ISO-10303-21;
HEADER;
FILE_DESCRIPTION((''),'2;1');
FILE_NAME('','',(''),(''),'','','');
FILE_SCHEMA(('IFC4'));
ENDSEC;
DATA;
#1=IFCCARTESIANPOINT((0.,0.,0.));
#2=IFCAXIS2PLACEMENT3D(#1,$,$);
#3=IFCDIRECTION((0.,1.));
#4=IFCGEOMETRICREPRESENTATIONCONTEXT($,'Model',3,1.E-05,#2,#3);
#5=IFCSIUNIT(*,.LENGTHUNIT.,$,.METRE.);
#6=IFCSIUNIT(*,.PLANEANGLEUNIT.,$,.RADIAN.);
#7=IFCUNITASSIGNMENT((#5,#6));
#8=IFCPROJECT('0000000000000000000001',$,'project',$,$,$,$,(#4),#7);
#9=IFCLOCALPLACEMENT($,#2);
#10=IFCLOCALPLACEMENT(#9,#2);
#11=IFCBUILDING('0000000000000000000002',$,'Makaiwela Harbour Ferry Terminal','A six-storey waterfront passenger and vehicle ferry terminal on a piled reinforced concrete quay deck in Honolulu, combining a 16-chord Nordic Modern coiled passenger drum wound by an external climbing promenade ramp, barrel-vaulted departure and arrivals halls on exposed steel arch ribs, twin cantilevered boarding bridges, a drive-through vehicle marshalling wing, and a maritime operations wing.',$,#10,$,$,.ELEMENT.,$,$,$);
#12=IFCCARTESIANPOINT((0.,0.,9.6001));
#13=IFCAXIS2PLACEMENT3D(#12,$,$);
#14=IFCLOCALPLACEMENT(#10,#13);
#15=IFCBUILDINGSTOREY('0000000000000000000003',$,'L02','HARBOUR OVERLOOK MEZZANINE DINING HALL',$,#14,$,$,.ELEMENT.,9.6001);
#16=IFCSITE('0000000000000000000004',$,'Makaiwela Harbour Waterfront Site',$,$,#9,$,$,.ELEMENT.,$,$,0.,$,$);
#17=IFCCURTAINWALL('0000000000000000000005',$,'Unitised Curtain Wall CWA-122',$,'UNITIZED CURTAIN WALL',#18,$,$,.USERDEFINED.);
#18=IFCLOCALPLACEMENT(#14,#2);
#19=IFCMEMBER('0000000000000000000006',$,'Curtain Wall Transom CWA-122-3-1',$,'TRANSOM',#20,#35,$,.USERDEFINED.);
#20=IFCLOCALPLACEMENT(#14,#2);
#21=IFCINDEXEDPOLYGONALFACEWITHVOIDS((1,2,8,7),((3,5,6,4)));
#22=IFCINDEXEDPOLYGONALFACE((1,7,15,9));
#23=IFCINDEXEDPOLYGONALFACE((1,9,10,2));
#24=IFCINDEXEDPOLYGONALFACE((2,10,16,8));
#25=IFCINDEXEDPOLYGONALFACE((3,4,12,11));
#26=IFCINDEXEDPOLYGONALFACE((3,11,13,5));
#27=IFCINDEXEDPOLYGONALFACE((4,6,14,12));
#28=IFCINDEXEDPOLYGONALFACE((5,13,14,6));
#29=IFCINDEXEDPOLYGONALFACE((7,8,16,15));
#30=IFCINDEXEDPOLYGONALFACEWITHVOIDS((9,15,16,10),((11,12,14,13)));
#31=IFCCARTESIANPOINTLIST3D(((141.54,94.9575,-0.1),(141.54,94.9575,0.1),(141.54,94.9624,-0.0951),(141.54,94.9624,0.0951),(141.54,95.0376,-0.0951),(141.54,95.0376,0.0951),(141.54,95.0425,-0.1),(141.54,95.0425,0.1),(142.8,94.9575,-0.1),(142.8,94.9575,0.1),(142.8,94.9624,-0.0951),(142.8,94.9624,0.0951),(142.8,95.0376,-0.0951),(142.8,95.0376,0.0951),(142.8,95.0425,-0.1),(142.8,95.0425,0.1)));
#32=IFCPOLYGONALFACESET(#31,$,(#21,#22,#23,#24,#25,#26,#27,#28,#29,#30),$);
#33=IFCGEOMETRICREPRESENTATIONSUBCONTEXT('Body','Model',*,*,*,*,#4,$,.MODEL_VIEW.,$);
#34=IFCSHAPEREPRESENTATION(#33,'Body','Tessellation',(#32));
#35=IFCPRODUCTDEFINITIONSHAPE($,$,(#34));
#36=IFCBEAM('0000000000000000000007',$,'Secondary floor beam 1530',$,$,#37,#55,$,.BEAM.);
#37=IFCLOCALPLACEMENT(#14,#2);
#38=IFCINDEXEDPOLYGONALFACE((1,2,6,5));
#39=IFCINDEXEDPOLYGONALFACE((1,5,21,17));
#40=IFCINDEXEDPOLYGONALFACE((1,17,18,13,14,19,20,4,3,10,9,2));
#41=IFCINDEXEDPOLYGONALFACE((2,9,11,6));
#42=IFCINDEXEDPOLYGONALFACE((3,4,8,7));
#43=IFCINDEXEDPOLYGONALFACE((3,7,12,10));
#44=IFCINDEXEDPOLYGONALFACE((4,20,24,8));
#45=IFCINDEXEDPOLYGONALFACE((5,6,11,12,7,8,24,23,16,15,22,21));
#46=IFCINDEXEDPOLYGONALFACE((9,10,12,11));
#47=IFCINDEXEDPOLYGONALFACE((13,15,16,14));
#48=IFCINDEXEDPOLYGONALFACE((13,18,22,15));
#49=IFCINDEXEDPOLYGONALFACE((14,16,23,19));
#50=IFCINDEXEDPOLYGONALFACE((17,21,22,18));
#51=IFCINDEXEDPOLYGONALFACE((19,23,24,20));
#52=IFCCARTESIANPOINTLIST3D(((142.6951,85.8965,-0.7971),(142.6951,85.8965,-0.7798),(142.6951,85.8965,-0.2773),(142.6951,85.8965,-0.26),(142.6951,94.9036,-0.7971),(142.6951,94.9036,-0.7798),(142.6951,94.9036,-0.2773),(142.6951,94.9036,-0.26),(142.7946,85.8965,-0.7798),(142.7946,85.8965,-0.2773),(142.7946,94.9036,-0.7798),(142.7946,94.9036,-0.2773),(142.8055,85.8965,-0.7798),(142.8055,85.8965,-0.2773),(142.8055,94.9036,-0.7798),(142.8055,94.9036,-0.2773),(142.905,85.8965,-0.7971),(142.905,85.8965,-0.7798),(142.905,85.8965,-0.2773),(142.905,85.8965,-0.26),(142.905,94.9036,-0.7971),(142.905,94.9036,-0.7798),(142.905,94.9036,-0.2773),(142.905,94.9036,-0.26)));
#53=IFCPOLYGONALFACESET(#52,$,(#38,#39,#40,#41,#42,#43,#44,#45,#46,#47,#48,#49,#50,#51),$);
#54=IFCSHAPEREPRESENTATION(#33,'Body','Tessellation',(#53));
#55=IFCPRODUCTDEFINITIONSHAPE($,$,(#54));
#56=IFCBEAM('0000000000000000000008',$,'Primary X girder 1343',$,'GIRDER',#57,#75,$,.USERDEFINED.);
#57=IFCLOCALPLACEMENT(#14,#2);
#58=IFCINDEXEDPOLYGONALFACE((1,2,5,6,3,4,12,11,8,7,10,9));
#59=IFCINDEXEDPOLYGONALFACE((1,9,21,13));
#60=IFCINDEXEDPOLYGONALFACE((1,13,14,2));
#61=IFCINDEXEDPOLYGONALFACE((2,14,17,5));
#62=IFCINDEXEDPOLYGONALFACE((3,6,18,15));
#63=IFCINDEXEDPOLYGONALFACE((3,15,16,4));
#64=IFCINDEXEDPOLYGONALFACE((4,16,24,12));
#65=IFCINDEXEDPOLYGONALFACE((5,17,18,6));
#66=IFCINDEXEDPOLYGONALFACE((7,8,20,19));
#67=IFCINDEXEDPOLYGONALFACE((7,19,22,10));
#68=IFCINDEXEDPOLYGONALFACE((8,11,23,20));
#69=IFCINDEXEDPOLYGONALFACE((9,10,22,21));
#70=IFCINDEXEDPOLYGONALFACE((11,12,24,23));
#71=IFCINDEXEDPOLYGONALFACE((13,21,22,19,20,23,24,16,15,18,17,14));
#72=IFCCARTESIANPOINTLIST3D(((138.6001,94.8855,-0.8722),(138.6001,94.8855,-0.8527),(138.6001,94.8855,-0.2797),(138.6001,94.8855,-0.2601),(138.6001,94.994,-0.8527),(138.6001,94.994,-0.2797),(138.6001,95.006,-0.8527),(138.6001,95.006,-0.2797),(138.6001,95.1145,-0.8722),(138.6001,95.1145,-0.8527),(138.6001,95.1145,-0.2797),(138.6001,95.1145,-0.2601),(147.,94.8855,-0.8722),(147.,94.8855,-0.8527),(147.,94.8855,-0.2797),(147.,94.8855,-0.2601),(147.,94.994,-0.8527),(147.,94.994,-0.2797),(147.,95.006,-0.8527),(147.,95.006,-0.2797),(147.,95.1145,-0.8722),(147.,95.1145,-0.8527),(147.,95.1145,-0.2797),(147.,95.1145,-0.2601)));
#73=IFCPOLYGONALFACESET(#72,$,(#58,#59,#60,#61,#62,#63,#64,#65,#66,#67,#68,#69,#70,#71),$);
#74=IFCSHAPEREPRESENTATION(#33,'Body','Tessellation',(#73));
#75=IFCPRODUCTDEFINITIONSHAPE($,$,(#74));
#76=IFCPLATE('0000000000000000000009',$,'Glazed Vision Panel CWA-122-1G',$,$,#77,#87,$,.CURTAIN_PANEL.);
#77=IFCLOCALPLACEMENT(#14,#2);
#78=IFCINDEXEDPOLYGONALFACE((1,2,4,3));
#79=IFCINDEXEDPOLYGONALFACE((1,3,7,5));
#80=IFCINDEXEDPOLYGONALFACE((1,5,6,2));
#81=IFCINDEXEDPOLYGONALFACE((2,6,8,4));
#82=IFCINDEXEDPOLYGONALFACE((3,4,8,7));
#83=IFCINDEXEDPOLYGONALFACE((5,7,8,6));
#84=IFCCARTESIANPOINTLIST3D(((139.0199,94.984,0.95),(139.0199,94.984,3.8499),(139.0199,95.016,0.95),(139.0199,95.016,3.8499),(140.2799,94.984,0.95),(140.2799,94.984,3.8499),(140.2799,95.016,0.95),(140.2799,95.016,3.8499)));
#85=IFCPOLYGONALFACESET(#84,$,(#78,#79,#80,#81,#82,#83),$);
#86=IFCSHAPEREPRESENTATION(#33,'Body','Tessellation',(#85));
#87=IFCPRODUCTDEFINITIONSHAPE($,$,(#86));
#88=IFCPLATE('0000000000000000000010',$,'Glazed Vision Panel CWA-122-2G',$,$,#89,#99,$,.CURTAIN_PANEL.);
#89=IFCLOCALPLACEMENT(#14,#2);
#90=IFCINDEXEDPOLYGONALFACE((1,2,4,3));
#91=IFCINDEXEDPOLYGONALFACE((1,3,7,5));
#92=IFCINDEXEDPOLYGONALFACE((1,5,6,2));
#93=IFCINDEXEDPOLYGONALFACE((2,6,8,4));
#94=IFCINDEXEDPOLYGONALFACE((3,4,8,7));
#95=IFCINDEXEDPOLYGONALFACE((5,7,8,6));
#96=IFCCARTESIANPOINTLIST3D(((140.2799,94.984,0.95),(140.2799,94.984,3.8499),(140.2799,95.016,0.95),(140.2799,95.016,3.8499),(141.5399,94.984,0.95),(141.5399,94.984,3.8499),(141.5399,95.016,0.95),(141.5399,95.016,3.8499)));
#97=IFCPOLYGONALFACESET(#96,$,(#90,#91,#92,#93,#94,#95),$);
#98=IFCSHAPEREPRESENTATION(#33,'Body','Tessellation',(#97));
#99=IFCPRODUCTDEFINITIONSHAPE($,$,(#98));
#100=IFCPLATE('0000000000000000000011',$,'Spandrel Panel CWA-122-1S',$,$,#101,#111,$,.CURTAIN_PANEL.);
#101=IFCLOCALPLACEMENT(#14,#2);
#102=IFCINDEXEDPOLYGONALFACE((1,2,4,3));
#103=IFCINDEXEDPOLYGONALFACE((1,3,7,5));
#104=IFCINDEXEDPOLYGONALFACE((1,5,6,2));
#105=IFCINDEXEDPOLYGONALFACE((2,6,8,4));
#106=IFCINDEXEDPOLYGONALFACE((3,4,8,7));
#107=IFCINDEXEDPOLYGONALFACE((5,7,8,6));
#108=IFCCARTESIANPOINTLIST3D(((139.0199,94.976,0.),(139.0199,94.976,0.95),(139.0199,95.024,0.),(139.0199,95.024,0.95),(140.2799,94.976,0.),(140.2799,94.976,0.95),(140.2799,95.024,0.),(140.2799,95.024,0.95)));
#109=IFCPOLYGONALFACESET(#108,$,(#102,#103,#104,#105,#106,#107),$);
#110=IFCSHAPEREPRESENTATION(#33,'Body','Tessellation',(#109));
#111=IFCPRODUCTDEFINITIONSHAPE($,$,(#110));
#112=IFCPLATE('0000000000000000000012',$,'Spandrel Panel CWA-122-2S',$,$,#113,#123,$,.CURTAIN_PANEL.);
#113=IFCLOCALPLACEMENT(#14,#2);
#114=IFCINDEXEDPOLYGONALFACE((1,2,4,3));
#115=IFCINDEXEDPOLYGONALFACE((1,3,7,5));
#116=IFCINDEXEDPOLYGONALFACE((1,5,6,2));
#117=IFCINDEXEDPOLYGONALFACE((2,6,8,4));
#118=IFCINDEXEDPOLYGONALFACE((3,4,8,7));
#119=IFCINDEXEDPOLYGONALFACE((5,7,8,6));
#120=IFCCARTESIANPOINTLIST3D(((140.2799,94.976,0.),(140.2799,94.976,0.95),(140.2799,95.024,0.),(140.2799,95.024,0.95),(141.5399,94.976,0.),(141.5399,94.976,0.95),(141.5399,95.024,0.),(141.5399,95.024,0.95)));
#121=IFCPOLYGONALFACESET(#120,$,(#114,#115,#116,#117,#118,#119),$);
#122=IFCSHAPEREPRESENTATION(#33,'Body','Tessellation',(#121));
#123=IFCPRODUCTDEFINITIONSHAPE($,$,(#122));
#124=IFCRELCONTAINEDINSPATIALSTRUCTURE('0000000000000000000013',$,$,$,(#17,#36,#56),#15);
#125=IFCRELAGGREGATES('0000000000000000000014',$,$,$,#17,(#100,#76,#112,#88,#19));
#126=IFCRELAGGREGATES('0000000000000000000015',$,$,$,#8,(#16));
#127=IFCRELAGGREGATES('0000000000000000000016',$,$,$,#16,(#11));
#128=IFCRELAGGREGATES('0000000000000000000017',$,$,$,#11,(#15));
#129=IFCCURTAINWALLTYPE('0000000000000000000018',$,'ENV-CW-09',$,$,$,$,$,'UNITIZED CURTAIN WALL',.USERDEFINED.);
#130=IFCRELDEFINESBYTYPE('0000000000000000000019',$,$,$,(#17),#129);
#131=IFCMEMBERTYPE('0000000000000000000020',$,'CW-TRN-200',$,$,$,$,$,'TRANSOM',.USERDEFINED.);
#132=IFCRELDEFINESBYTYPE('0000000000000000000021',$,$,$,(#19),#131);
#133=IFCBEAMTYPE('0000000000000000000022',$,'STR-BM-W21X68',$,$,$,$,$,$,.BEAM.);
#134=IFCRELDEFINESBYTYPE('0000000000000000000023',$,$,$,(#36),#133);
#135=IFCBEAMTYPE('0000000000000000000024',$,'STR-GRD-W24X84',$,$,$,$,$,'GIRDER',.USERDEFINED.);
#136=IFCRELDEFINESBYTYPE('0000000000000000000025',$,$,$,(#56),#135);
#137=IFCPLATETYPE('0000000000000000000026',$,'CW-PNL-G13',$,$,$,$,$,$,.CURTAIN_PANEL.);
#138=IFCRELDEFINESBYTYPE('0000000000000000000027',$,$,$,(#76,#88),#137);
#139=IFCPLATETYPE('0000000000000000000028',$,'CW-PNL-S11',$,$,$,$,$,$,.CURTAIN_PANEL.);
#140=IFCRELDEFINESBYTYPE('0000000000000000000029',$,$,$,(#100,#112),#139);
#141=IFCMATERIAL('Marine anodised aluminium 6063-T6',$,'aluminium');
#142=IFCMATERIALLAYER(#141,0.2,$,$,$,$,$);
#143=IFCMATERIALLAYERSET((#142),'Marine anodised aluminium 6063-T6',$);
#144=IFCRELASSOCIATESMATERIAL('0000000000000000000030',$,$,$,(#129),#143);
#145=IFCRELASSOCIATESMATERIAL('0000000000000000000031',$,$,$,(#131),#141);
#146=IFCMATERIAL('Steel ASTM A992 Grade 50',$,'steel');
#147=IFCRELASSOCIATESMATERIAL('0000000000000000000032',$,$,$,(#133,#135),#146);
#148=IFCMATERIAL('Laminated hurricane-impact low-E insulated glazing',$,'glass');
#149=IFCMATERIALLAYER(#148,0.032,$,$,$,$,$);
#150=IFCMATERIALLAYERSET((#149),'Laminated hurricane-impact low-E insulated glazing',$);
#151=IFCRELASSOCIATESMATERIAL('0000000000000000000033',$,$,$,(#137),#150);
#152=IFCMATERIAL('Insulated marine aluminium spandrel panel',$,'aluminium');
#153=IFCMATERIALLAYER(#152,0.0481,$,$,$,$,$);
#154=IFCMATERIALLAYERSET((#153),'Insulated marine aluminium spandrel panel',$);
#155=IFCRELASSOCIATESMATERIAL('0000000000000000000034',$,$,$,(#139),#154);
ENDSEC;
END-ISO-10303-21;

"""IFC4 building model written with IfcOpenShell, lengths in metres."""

from ifc_helpers import new_model, si_unit, direction, frame, origin, origin_2d, place, context, subcontext, project, spatial, rectangle, hollow_rectangle, i_section, extrude, material, layer, layer_set, material_profile, profile_set, type_object, element, aggregate, save


model = new_model("IFC4")

# Units and contexts
model_context = context("Model", 3, precision=1e-05, world=origin(), true_north=direction((0.0, 1.0)))
body_context = subcontext(model_context, "Body", "Model", "MODEL_VIEW")
ifc_project = project(units=[si_unit("LENGTHUNIT", "METRE"), si_unit("PLANEANGLEUNIT", "RADIAN")], contexts=[model_context])

# Site, building, storey
site_placement = place(None, origin())
site = spatial("IfcSite", under=ifc_project, at=site_placement, Name="Makaiwela Harbour Waterfront Site", CompositionType="ELEMENT", RefElevation=0.0)
building_placement = place(site_placement, origin())
building = spatial("IfcBuilding", under=site, at=building_placement, Name="Makaiwela Harbour Ferry Terminal", Description="A six-storey waterfront passenger and vehicle ferry terminal on a piled reinforced concrete quay deck in Honolulu, combining a 16-chord Nordic Modern coiled passenger drum wound by an external climbing promenade ramp, barrel-vaulted departure and arrivals halls on exposed steel arch ribs, twin cantilevered boarding bridges, a drive-through vehicle marshalling wing, and a maritime operations wing.", CompositionType="ELEMENT")
storey_placement = place(building_placement, frame((0.0, 0.0, 9.6001)))
storey = spatial("IfcBuildingStorey", under=building, at=storey_placement, Name="L02", Description="HARBOUR OVERLOOK MEZZANINE DINING HALL", CompositionType="ELEMENT", Elevation=9.6001)

# Shared definitions
ifc_material_1 = material(Name="Steel ASTM A992 Grade 50", Category="steel")

# Curtain wall, member
ifc_material_2 = material(Name="Marine anodised aluminium 6063-T6", Category="aluminium")
ifc_layer_1 = layer(ifc_material_2, 0.2)
ifc_layer_set_1 = layer_set([ifc_layer_1], Name="Marine anodised aluminium 6063-T6")
curtain_wall_type = type_object("IfcCurtainWallType", Name="ENV-CW-09", ElementType="UNITIZED CURTAIN WALL", PredefinedType="USERDEFINED", material=ifc_layer_set_1)
curtain_wall_placement = place(storey_placement, origin())
curtain_wall = element("IfcCurtainWall", 1, at=curtain_wall_placement, inside=storey, type_object=curtain_wall_type, Name="Unitised Curtain Wall CWA-122", ObjectType="UNITIZED CURTAIN WALL", PredefinedType="USERDEFINED")
ifc_material_profile_1 = material_profile(ifc_material_2, hollow_rectangle(XDim=0.085, YDim=0.2, WallThickness=0.0049, at=origin_2d()), Name="CWT-200X85")
ifc_profile_set_1 = profile_set([ifc_material_profile_1], Name="Marine anodised aluminium 6063-T6")
member_type_1 = type_object("IfcMemberType", Name="CW-TRN-200", ElementType="TRANSOM", PredefinedType="USERDEFINED", material=ifc_profile_set_1)
member_1_placement = place(storey_placement, frame((141.54, 95.0, 0.0), z_axis=(1.0, 0.0, 0.0), x_axis=(0.0, 1.0, 0.0)))
member_1 = element("IfcMember", 2, at=member_1_placement, type_object=member_type_1, Name="Curtain Wall Transom CWA-122-3-1", ObjectType="TRANSOM", PredefinedType="USERDEFINED", context=body_context, shape_type="SweptSolid", body=[
    extrude(hollow_rectangle(XDim=0.085, YDim=0.2, WallThickness=0.0049, at=origin_2d()), origin(), (0.0, 0.0, 1.0), 1.26),
])

# Beams
ifc_material_profile_2 = material_profile(ifc_material_1, i_section(OverallWidth=0.21, OverallDepth=0.5371, WebThickness=0.011, FlangeThickness=0.0173, at=origin_2d()), Name="W21X68")
ifc_profile_set_2 = profile_set([ifc_material_profile_2], Name="Steel ASTM A992 Grade 50")
beam_type_1 = type_object("IfcBeamType", Name="STR-BM-W21X68", PredefinedType="BEAM", material=ifc_profile_set_2)
beam_1_placement = place(storey_placement, frame((142.8, 85.8965, -0.5286), z_axis=(0.0, 1.0, 0.0), x_axis=(-1.0, 0.0, 0.0)))
element("IfcBeam", 3, at=beam_1_placement, inside=storey, type_object=beam_type_1, Name="Secondary floor beam 1530", PredefinedType="BEAM", context=body_context, shape_type="SweptSolid", body=[
    extrude(i_section(OverallWidth=0.21, OverallDepth=0.5371, WebThickness=0.011, FlangeThickness=0.0173, at=origin_2d()), origin(), (0.0, 0.0, 1.0), 9.0071),
])
ifc_material_profile_3 = material_profile(ifc_material_1, i_section(OverallWidth=0.229, OverallDepth=0.6121, WebThickness=0.012, FlangeThickness=0.0195, at=origin_2d()), Name="W24X84")
ifc_profile_set_3 = profile_set([ifc_material_profile_3], Name="Steel ASTM A992 Grade 50")
beam_type_2 = type_object("IfcBeamType", Name="STR-GRD-W24X84", ElementType="GIRDER", PredefinedType="USERDEFINED", material=ifc_profile_set_3)
beam_2_placement = place(storey_placement, frame((138.6001, 95.0, -0.5662), z_axis=(1.0, 0.0, 0.0), x_axis=(0.0, 1.0, 0.0)))
element("IfcBeam", 4, at=beam_2_placement, inside=storey, type_object=beam_type_2, Name="Primary X girder 1343", ObjectType="GIRDER", PredefinedType="USERDEFINED", context=body_context, shape_type="SweptSolid", body=[
    extrude(i_section(OverallWidth=0.229, OverallDepth=0.6121, WebThickness=0.012, FlangeThickness=0.0195, at=origin_2d()), origin(), (0.0, 0.0, 1.0), 8.3999),
])

# Plates
ifc_material_3 = material(Name="Laminated hurricane-impact low-E insulated glazing", Category="glass")
ifc_layer_2 = layer(ifc_material_3, 0.032)
ifc_layer_set_2 = layer_set([ifc_layer_2], Name="Laminated hurricane-impact low-E insulated glazing")
plate_type_1 = type_object("IfcPlateType", Name="CW-PNL-G13", PredefinedType="CURTAIN_PANEL", material=ifc_layer_set_2)
plate_1_placement = place(storey_placement, frame((139.6499, 95.0, 0.95), z_axis=(0.0, 0.0, 1.0), x_axis=(1.0, 0.0, 0.0)))
plate_1 = element("IfcPlate", 5, at=plate_1_placement, type_object=plate_type_1, Name="Glazed Vision Panel CWA-122-1G", PredefinedType="CURTAIN_PANEL", context=body_context, shape_type="SweptSolid", body=[
    extrude(rectangle(XDim=1.26, YDim=0.032, at=origin_2d()), origin(), (0.0, 0.0, 1.0), 2.8999),
])
plate_2_placement = place(storey_placement, frame((140.9099, 95.0, 0.95), z_axis=(0.0, 0.0, 1.0), x_axis=(1.0, 0.0, 0.0)))
plate_2 = element("IfcPlate", 6, at=plate_2_placement, type_object=plate_type_1, Name="Glazed Vision Panel CWA-122-2G", PredefinedType="CURTAIN_PANEL", context=body_context, shape_type="SweptSolid", body=[
    extrude(rectangle(XDim=1.26, YDim=0.032, at=origin_2d()), origin(), (0.0, 0.0, 1.0), 2.8999),
])
ifc_material_4 = material(Name="Insulated marine aluminium spandrel panel", Category="aluminium")
ifc_layer_3 = layer(ifc_material_4, 0.0481)
ifc_layer_set_3 = layer_set([ifc_layer_3], Name="Insulated marine aluminium spandrel panel")
plate_type_2 = type_object("IfcPlateType", Name="CW-PNL-S11", PredefinedType="CURTAIN_PANEL", material=ifc_layer_set_3)
plate_3_placement = place(storey_placement, frame((139.6499, 95.0, 0.0), z_axis=(0.0, 0.0, 1.0), x_axis=(1.0, 0.0, 0.0)))
plate_3 = element("IfcPlate", 7, at=plate_3_placement, type_object=plate_type_2, Name="Spandrel Panel CWA-122-1S", PredefinedType="CURTAIN_PANEL", context=body_context, shape_type="SweptSolid", body=[
    extrude(rectangle(XDim=1.26, YDim=0.0481, at=origin_2d()), origin(), (0.0, 0.0, 1.0), 0.95),
])
plate_4_placement = place(storey_placement, frame((140.9099, 95.0, 0.0), z_axis=(0.0, 0.0, 1.0), x_axis=(1.0, 0.0, 0.0)))
plate_4 = element("IfcPlate", 8, at=plate_4_placement, type_object=plate_type_2, Name="Spandrel Panel CWA-122-2S", PredefinedType="CURTAIN_PANEL", context=body_context, shape_type="SweptSolid", body=[
    extrude(rectangle(XDim=1.26, YDim=0.0481, at=origin_2d()), origin(), (0.0, 0.0, 1.0), 0.95),
])
aggregate(curtain_wall, [plate_3, plate_1, plate_4, plate_2, member_1])

save(model, "model.ifc")
